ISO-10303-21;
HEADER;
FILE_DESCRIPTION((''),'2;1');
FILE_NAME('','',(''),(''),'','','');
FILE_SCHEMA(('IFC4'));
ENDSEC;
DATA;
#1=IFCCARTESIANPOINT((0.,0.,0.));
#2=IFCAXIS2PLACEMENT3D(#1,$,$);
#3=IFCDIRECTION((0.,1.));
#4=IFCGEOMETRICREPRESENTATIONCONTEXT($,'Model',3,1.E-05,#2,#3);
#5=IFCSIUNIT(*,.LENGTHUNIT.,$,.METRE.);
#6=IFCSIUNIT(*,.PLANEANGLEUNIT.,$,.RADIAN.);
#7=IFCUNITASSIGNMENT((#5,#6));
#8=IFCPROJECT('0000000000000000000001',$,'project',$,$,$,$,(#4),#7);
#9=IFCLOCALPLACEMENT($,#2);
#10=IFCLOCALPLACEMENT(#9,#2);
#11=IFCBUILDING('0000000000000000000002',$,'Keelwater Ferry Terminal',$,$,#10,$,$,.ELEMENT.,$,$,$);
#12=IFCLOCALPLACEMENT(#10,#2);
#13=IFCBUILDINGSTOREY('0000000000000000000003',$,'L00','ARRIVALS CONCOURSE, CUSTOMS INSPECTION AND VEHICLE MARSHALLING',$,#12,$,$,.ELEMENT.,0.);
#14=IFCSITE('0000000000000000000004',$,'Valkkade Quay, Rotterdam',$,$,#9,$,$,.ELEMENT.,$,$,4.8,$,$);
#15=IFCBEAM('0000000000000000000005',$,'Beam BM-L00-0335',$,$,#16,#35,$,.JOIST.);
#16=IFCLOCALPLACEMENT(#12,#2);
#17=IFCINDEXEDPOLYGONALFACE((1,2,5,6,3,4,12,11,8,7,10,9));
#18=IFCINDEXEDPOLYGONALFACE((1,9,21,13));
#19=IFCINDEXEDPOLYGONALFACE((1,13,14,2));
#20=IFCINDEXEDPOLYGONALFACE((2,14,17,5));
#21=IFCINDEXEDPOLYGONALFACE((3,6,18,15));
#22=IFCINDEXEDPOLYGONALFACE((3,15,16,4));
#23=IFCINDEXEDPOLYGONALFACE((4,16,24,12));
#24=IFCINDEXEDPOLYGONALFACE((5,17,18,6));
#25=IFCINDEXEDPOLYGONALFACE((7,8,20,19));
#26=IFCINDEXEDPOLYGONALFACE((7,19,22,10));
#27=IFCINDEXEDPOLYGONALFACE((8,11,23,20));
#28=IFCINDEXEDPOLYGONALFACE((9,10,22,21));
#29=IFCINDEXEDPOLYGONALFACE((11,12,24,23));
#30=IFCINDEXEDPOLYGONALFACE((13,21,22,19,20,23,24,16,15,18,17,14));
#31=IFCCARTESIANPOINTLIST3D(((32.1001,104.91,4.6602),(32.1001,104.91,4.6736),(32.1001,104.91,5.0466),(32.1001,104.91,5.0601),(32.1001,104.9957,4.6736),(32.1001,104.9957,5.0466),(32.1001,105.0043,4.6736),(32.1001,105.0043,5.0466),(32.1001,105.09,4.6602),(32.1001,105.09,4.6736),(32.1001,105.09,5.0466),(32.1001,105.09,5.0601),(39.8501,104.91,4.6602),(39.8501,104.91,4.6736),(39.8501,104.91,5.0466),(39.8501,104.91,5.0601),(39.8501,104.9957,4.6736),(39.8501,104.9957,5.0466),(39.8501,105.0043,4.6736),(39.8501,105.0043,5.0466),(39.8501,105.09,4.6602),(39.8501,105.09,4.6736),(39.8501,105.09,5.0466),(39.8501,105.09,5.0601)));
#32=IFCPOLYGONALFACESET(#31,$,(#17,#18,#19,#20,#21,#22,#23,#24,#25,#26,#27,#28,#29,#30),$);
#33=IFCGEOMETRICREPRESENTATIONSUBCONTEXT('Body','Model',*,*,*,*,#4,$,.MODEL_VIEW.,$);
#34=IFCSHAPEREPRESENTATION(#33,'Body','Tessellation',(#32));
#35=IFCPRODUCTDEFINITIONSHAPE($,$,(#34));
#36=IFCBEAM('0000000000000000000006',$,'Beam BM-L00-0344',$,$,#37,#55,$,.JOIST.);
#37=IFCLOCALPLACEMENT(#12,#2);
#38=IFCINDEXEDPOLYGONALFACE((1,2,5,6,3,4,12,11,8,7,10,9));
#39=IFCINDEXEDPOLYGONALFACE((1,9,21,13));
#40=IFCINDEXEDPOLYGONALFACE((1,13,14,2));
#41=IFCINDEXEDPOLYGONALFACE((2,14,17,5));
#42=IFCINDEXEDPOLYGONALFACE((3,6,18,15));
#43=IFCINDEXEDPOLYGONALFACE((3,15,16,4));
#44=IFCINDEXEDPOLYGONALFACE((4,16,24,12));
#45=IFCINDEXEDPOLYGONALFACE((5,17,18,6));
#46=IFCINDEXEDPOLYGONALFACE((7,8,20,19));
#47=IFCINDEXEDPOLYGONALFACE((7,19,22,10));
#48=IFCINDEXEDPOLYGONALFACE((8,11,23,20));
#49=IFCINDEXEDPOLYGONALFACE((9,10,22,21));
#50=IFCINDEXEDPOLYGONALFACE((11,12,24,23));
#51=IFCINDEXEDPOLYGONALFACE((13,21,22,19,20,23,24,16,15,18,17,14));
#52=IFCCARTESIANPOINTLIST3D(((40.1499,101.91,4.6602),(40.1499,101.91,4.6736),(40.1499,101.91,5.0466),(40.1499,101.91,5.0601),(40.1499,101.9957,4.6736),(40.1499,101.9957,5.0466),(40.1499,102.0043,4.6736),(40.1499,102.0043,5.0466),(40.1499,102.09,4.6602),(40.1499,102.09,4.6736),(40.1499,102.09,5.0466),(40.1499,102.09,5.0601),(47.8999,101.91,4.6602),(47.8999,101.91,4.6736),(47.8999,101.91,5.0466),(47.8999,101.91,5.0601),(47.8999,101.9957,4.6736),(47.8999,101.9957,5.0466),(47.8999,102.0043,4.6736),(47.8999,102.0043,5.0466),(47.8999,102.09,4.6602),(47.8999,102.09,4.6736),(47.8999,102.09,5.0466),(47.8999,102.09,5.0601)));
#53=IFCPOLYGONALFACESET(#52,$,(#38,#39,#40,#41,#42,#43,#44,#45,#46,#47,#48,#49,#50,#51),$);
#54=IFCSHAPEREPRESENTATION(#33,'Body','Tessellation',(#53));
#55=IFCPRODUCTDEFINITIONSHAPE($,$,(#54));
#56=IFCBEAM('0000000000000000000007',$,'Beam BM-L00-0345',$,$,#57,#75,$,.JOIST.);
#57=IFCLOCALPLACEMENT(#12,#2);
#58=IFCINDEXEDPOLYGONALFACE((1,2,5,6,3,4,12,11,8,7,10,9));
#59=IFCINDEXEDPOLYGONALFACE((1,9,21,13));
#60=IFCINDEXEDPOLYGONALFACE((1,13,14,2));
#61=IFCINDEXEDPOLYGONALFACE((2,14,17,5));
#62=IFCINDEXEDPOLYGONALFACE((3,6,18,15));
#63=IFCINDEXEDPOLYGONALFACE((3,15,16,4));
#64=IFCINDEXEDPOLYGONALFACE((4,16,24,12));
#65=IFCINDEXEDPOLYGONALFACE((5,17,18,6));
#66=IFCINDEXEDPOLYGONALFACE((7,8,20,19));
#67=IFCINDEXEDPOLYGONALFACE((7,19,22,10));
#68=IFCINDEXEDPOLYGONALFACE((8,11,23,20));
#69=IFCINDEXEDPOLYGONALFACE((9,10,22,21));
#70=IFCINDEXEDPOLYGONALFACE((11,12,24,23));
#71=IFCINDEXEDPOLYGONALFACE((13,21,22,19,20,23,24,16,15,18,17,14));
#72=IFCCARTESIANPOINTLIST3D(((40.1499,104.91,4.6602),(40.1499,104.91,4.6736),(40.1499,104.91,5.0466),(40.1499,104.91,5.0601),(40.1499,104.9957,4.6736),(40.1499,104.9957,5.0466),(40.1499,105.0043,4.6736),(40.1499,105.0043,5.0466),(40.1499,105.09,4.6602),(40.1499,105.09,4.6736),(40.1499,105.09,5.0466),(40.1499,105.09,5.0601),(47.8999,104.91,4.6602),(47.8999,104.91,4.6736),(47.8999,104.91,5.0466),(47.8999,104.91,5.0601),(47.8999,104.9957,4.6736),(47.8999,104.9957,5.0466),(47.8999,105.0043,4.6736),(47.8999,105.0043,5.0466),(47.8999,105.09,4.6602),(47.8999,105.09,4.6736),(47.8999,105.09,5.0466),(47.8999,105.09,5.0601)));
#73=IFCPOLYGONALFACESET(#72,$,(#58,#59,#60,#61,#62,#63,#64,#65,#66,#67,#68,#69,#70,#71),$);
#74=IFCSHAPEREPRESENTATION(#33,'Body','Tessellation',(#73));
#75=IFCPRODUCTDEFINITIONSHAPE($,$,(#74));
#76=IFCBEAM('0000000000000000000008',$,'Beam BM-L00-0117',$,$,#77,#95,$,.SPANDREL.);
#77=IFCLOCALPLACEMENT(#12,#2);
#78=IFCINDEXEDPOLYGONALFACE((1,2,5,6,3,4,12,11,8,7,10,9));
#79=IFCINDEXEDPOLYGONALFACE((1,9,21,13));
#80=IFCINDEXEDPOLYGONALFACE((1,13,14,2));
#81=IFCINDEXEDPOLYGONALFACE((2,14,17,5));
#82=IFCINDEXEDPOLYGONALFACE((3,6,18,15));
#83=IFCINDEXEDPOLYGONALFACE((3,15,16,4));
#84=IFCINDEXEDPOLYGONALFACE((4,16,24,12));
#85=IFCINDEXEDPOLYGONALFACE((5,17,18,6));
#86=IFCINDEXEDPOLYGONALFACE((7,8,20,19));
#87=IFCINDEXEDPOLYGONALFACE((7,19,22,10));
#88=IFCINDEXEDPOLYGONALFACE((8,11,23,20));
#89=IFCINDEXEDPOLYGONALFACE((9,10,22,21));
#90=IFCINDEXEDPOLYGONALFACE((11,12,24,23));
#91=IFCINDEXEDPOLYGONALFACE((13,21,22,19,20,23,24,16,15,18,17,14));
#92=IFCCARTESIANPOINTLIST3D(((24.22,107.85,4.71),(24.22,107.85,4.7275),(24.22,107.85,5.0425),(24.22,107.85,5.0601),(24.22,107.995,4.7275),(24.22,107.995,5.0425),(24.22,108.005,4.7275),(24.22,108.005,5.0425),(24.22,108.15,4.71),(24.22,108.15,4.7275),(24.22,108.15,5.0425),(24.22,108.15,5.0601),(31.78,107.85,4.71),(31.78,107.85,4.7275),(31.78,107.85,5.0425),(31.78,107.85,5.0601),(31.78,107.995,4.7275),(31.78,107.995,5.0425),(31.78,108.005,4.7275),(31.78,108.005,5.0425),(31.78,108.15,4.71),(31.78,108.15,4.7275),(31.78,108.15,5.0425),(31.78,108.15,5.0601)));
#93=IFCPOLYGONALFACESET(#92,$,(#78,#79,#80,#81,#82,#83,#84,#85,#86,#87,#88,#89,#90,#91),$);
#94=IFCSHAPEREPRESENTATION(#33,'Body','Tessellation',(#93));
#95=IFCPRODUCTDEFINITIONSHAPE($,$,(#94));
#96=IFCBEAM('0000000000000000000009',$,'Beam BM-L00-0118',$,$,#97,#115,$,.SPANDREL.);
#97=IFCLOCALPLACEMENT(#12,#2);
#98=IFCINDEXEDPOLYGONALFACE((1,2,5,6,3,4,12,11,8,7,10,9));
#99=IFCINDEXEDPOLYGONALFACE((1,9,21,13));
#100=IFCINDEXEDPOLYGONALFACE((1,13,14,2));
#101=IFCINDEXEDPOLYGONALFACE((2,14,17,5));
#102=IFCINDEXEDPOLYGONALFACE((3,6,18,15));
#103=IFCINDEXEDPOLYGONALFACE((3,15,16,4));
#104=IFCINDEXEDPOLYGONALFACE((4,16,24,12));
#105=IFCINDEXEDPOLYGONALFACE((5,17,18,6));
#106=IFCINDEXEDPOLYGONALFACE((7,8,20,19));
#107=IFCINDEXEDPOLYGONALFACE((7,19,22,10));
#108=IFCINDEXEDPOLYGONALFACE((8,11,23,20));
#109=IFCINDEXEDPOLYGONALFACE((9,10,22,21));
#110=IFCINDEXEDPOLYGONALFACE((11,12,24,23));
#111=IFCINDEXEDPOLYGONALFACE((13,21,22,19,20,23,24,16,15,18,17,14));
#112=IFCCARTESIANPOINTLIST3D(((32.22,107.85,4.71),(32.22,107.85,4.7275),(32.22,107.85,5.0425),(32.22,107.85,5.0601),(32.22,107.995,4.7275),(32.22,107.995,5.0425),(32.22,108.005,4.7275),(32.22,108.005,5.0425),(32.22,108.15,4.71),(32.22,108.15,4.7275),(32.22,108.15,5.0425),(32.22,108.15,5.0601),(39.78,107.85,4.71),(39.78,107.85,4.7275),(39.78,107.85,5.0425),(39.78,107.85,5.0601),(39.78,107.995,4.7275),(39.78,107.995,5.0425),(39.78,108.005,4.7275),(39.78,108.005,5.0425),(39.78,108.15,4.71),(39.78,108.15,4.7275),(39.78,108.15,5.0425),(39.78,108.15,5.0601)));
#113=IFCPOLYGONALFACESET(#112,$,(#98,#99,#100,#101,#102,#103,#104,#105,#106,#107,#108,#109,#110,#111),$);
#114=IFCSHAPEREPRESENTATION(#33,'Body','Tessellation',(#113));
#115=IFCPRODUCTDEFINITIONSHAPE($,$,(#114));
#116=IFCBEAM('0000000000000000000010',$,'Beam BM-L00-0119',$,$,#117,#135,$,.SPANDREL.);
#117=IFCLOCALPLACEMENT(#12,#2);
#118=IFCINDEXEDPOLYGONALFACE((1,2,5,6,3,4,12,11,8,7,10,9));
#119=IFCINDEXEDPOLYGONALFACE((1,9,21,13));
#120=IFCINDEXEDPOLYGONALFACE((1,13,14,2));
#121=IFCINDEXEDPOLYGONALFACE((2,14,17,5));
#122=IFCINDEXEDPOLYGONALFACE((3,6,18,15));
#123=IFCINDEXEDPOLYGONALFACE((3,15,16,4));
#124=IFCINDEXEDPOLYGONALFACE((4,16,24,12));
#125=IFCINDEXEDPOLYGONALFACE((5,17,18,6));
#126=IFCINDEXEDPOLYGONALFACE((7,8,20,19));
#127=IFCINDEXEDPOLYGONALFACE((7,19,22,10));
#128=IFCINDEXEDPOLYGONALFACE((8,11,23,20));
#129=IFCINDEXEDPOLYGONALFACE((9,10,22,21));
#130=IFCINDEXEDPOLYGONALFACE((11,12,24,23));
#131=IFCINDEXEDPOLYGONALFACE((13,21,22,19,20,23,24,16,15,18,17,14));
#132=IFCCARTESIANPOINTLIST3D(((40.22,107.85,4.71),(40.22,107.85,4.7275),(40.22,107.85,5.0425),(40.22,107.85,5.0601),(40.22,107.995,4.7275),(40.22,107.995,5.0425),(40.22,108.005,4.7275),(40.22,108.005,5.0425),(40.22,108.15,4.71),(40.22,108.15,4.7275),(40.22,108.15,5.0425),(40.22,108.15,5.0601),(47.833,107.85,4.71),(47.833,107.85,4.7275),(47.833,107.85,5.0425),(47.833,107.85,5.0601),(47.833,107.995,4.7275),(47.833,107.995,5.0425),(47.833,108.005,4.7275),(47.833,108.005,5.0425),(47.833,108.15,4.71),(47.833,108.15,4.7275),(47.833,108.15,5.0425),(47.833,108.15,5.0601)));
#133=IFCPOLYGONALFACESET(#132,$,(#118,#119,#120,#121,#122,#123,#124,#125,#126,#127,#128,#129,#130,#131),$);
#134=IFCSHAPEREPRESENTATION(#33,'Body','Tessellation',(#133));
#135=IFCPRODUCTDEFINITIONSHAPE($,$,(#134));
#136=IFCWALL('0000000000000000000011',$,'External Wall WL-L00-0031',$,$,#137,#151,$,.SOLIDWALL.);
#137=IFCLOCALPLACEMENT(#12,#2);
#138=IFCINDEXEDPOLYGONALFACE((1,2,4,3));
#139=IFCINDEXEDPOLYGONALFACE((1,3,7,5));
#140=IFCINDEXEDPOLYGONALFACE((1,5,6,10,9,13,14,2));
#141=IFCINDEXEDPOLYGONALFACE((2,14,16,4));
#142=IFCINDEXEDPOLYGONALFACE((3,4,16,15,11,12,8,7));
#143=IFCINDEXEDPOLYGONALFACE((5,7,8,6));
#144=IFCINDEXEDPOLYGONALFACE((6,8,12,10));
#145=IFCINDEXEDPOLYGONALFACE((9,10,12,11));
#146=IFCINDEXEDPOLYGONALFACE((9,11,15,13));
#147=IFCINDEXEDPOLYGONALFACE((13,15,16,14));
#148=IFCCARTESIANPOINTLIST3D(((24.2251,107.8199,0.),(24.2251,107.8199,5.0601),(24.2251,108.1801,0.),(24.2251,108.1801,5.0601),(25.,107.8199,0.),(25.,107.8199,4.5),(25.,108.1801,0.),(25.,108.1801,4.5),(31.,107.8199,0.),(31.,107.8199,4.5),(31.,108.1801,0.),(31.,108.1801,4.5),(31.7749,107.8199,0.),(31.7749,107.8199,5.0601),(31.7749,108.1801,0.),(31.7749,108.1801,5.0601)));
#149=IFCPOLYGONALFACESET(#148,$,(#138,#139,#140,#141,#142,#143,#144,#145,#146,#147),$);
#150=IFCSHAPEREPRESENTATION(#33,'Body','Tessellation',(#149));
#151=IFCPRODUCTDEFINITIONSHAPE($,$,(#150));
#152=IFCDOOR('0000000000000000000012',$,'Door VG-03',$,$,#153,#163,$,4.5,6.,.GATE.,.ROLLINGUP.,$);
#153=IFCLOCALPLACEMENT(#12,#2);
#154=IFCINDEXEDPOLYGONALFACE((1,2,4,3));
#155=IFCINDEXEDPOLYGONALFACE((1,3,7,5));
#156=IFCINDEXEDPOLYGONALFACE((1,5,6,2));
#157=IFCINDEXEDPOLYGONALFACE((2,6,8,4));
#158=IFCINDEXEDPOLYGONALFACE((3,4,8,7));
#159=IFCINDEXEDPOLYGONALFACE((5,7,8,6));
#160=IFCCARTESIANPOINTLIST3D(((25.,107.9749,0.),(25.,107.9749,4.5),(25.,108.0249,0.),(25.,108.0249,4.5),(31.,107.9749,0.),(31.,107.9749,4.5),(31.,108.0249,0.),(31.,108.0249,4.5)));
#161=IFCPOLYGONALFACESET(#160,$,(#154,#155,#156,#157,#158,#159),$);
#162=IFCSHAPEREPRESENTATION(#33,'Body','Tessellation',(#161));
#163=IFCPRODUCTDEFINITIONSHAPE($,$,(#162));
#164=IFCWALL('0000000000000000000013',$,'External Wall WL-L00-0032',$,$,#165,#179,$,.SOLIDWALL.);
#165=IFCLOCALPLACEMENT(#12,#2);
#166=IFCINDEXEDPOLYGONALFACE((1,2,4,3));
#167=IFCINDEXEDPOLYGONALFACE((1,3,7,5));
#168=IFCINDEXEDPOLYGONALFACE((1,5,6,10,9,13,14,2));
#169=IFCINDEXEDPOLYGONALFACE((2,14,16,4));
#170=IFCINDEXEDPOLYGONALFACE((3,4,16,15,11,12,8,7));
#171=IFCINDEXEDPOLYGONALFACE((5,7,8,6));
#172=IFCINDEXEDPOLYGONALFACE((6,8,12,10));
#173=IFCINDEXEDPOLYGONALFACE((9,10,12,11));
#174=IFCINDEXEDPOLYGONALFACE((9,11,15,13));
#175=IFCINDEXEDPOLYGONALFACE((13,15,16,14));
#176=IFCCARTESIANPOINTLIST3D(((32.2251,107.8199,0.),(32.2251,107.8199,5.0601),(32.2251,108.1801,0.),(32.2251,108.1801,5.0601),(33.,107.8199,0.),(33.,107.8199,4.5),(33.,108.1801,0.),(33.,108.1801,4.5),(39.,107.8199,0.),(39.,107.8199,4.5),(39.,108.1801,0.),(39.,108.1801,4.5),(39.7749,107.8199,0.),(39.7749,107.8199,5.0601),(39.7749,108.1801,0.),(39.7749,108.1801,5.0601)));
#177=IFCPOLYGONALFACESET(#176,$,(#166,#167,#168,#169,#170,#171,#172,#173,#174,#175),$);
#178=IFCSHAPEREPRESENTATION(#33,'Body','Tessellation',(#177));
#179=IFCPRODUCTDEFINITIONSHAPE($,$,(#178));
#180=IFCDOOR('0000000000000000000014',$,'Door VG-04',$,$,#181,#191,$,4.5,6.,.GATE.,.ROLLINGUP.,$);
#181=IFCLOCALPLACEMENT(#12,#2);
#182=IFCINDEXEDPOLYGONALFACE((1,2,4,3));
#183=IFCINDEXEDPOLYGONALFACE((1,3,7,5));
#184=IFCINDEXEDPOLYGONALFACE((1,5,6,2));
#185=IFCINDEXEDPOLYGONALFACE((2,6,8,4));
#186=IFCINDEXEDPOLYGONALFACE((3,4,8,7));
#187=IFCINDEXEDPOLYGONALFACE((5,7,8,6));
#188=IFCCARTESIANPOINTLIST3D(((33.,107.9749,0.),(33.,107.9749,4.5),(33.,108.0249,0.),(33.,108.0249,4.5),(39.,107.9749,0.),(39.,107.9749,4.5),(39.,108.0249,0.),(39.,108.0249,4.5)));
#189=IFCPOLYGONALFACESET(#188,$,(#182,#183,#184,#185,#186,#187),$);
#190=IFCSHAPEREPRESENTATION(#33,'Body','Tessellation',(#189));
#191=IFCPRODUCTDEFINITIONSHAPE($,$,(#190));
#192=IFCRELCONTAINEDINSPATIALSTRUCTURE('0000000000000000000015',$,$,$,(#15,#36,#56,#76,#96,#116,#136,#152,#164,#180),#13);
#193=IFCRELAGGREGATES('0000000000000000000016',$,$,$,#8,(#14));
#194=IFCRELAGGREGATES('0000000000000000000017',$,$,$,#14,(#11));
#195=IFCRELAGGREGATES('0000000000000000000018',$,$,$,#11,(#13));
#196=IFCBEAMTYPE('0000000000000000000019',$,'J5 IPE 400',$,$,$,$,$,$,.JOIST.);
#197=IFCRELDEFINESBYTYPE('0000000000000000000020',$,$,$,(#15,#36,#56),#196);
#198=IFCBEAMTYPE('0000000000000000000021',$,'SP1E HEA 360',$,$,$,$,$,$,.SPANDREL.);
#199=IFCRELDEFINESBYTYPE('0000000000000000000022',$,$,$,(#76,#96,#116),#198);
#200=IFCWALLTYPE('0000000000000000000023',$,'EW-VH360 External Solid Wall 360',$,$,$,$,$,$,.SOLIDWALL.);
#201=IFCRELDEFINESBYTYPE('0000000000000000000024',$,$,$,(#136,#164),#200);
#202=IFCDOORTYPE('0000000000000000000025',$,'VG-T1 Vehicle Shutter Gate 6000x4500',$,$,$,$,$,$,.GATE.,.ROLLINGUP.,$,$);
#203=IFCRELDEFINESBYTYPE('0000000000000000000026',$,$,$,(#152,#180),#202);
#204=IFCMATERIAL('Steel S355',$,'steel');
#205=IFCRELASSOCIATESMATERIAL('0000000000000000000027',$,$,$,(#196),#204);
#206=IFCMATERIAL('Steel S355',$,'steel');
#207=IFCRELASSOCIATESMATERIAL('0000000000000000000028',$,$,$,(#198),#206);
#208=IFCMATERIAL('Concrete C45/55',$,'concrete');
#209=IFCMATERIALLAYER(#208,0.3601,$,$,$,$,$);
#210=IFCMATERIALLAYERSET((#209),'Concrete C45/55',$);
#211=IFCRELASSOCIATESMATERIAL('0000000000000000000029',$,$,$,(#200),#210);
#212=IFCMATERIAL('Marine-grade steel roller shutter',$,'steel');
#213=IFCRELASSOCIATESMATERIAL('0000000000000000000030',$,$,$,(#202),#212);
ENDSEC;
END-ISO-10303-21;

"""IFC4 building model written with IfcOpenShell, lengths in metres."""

from ifc_helpers import new_model, si_unit, direction, frame, frame_2d, origin, origin_2d, place, context, subcontext, project, spatial, rectangle, i_section, extrude, material, layer, layer_set, material_profile, profile_set, type_object, element, fill, save


model = new_model("IFC4")

# Units and contexts
model_context = context("Model", 3, precision=1e-05, world=origin(), true_north=direction((0.0, 1.0)))
body_context = subcontext(model_context, "Body", "Model", "MODEL_VIEW")
ifc_project = project(units=[si_unit("LENGTHUNIT", "METRE"), si_unit("PLANEANGLEUNIT", "RADIAN")], contexts=[model_context])

# Site, building, storey
site_placement = place(None, origin())
site = spatial("IfcSite", under=ifc_project, at=site_placement, Name="Valkkade Quay, Rotterdam", CompositionType="ELEMENT", RefElevation=4.8)
building_placement = place(site_placement, origin())
building = spatial("IfcBuilding", under=site, at=building_placement, Name="Keelwater Ferry Terminal", CompositionType="ELEMENT")
storey_placement = place(building_placement, origin())
storey = spatial("IfcBuildingStorey", under=building, at=storey_placement, Name="L00", Description="ARRIVALS CONCOURSE, CUSTOMS INSPECTION AND VEHICLE MARSHALLING", CompositionType="ELEMENT", Elevation=0.0)

# Beams
ifc_material_1 = material(Name="Steel S355", Category="steel")
ifc_material_profile_1 = material_profile(ifc_material_1, i_section(OverallWidth=0.1799, OverallDepth=0.3999, WebThickness=0.0085, FlangeThickness=0.0134, at=origin_2d()), Name="IPE 400")
ifc_profile_set_1 = profile_set([ifc_material_profile_1], Name="Steel S355")
beam_type_1 = type_object("IfcBeamType", Name="J5 IPE 400", PredefinedType="JOIST", material=ifc_profile_set_1)
for number, where, z_axis, x_axis, name in (
    (1, (32.1001, 105.0, 4.8601), (1.0, 0.0, 0.0), (0.0, 1.0, 0.0), "Beam BM-L00-0335"),
    (2, (40.1499, 102.0, 4.8601), (1.0, 0.0, 0.0), (0.0, 1.0, 0.0), "Beam BM-L00-0344"),
    (3, (40.1499, 105.0, 4.8601), (1.0, 0.0, 0.0), (0.0, 1.0, 0.0), "Beam BM-L00-0345"),
):
    element("IfcBeam", number, at=place(storey_placement, frame(where, z_axis=z_axis, x_axis=x_axis)), inside=storey, type_object=beam_type_1, Name=name, PredefinedType="JOIST", context=body_context, shape_type="SweptSolid", body=[
        extrude(i_section(OverallWidth=0.1799, OverallDepth=0.3999, WebThickness=0.0085, FlangeThickness=0.0134, at=origin_2d()), origin(), (0.0, 0.0, 1.0), 7.75),
    ])
ifc_material_2 = material(Name="Steel S355", Category="steel")
ifc_material_profile_2 = material_profile(ifc_material_2, i_section(OverallWidth=0.3, OverallDepth=0.3501, WebThickness=0.01, FlangeThickness=0.0176, at=origin_2d()), Name="HEA 360")
ifc_profile_set_2 = profile_set([ifc_material_profile_2], Name="Steel S355")
beam_type_2 = type_object("IfcBeamType", Name="SP1E HEA 360", PredefinedType="SPANDREL", material=ifc_profile_set_2)
for number, where, z_axis, x_axis, name in (
    (4, (24.22, 108.0, 4.885), (1.0, 0.0, 0.0), (0.0, 1.0, 0.0), "Beam BM-L00-0117"),
    (5, (32.22, 108.0, 4.885), (1.0, 0.0, 0.0), (0.0, 1.0, 0.0), "Beam BM-L00-0118"),
):
    element("IfcBeam", number, at=place(storey_placement, frame(where, z_axis=z_axis, x_axis=x_axis)), inside=storey, type_object=beam_type_2, Name=name, PredefinedType="SPANDREL", context=body_context, shape_type="SweptSolid", body=[
        extrude(i_section(OverallWidth=0.3, OverallDepth=0.3501, WebThickness=0.01, FlangeThickness=0.0176, at=origin_2d()), origin(), (0.0, 0.0, 1.0), 7.5601),
    ])
beam_placement = place(storey_placement, frame((40.22, 108.0, 4.885), z_axis=(1.0, 0.0, 0.0), x_axis=(0.0, 1.0, 0.0)))
element("IfcBeam", 6, at=beam_placement, inside=storey, type_object=beam_type_2, Name="Beam BM-L00-0119", PredefinedType="SPANDREL", context=body_context, shape_type="SweptSolid", body=[
    extrude(i_section(OverallWidth=0.3, OverallDepth=0.3501, WebThickness=0.01, FlangeThickness=0.0176, at=origin_2d()), origin(), (0.0, 0.0, 1.0), 7.613),
])

# Walls, openings, doors
ifc_material_3 = material(Name="Concrete C45/55", Category="concrete")
ifc_layer = layer(ifc_material_3, 0.3601)
ifc_layer_set = layer_set([ifc_layer], Name="Concrete C45/55")
wall_type = type_object("IfcWallType", Name="EW-VH360 External Solid Wall 360", PredefinedType="SOLIDWALL", material=ifc_layer_set)
wall_1_placement = place(storey_placement, frame((24.2251, 108.0, 0.0), z_axis=(0.0, 0.0, 1.0), x_axis=(1.0, 0.0, 0.0)))
wall_1 = element("IfcWall", 7, at=wall_1_placement, inside=storey, type_object=wall_type, Name="External Wall WL-L00-0031", PredefinedType="SOLIDWALL", context=body_context, shape_type="SweptSolid", body=[
    extrude(rectangle(XDim=7.5498, YDim=0.3601, at=frame_2d((3.7749, 0.0))), origin(), (0.0, 0.0, 1.0), 5.0601),
])
opening_1_placement = place(wall_1_placement, frame((0.7749, 0.0, 0.0)))
opening_1 = element("IfcOpeningElement", 8, at=opening_1_placement, cuts=wall_1, PredefinedType="OPENING", context=body_context, shape_type="SweptSolid", body=[
    extrude(rectangle(XDim=6.0, YDim=4.5, at=frame_2d((3.0, 2.25))), frame((0.0, 0.1902, 0.0), z_axis=(0.0, -1.0, 0.0), x_axis=(1.0, 0.0, 0.0)), (0.0, 0.0, 1.0), 0.3801),
])
ifc_material_4 = material(Name="Marine-grade steel roller shutter", Category="steel")
door_type_1 = type_object("IfcDoorType", Name="VG-T1 Vehicle Shutter Gate 6000x4500", OperationType="ROLLINGUP", PredefinedType="GATE", material=ifc_material_4)
door_1_placement = place(opening_1_placement, origin())
door_1 = element("IfcDoor", 9, at=door_1_placement, inside=storey, type_object=door_type_1, Name="Door VG-03", OperationType="ROLLINGUP", OverallHeight=4.5, OverallWidth=6.0, PredefinedType="GATE", context=body_context, shape_type="SweptSolid", body=[
    extrude(rectangle(XDim=6.0, YDim=4.5, at=frame_2d((3.0, 2.25))), frame((0.0, 0.0249, 0.0), z_axis=(0.0, -1.0, 0.0), x_axis=(1.0, 0.0, 0.0)), (0.0, 0.0, 1.0), 0.05),
])
fill(opening_1, door_1)
wall_2_placement = place(storey_placement, frame((32.2251, 108.0, 0.0), z_axis=(0.0, 0.0, 1.0), x_axis=(1.0, 0.0, 0.0)))
wall_2 = element("IfcWall", 10, at=wall_2_placement, inside=storey, type_object=wall_type, Name="External Wall WL-L00-0032", PredefinedType="SOLIDWALL", context=body_context, shape_type="SweptSolid", body=[
    extrude(rectangle(XDim=7.5498, YDim=0.3601, at=frame_2d((3.7749, 0.0))), origin(), (0.0, 0.0, 1.0), 5.0601),
])
opening_2_placement = place(wall_2_placement, frame((0.7749, 0.0, 0.0)))
opening_2 = element("IfcOpeningElement", 11, at=opening_2_placement, cuts=wall_2, PredefinedType="OPENING", context=body_context, shape_type="SweptSolid", body=[
    extrude(rectangle(XDim=6.0, YDim=4.5, at=frame_2d((3.0, 2.25))), frame((0.0, 0.1902, 0.0), z_axis=(0.0, -1.0, 0.0), x_axis=(1.0, 0.0, 0.0)), (0.0, 0.0, 1.0), 0.3801),
])
door_2_placement = place(opening_2_placement, origin())
door_2 = element("IfcDoor", 12, at=door_2_placement, inside=storey, type_object=door_type_1, Name="Door VG-04", OperationType="ROLLINGUP", OverallHeight=4.5, OverallWidth=6.0, PredefinedType="GATE", context=body_context, shape_type="SweptSolid", body=[
    extrude(rectangle(XDim=6.0, YDim=4.5, at=frame_2d((3.0, 2.25))), frame((0.0, 0.0249, 0.0), z_axis=(0.0, -1.0, 0.0), x_axis=(1.0, 0.0, 0.0)), (0.0, 0.0, 1.0), 0.05),
])
fill(opening_2, door_2)

save(model, "model.ifc")
